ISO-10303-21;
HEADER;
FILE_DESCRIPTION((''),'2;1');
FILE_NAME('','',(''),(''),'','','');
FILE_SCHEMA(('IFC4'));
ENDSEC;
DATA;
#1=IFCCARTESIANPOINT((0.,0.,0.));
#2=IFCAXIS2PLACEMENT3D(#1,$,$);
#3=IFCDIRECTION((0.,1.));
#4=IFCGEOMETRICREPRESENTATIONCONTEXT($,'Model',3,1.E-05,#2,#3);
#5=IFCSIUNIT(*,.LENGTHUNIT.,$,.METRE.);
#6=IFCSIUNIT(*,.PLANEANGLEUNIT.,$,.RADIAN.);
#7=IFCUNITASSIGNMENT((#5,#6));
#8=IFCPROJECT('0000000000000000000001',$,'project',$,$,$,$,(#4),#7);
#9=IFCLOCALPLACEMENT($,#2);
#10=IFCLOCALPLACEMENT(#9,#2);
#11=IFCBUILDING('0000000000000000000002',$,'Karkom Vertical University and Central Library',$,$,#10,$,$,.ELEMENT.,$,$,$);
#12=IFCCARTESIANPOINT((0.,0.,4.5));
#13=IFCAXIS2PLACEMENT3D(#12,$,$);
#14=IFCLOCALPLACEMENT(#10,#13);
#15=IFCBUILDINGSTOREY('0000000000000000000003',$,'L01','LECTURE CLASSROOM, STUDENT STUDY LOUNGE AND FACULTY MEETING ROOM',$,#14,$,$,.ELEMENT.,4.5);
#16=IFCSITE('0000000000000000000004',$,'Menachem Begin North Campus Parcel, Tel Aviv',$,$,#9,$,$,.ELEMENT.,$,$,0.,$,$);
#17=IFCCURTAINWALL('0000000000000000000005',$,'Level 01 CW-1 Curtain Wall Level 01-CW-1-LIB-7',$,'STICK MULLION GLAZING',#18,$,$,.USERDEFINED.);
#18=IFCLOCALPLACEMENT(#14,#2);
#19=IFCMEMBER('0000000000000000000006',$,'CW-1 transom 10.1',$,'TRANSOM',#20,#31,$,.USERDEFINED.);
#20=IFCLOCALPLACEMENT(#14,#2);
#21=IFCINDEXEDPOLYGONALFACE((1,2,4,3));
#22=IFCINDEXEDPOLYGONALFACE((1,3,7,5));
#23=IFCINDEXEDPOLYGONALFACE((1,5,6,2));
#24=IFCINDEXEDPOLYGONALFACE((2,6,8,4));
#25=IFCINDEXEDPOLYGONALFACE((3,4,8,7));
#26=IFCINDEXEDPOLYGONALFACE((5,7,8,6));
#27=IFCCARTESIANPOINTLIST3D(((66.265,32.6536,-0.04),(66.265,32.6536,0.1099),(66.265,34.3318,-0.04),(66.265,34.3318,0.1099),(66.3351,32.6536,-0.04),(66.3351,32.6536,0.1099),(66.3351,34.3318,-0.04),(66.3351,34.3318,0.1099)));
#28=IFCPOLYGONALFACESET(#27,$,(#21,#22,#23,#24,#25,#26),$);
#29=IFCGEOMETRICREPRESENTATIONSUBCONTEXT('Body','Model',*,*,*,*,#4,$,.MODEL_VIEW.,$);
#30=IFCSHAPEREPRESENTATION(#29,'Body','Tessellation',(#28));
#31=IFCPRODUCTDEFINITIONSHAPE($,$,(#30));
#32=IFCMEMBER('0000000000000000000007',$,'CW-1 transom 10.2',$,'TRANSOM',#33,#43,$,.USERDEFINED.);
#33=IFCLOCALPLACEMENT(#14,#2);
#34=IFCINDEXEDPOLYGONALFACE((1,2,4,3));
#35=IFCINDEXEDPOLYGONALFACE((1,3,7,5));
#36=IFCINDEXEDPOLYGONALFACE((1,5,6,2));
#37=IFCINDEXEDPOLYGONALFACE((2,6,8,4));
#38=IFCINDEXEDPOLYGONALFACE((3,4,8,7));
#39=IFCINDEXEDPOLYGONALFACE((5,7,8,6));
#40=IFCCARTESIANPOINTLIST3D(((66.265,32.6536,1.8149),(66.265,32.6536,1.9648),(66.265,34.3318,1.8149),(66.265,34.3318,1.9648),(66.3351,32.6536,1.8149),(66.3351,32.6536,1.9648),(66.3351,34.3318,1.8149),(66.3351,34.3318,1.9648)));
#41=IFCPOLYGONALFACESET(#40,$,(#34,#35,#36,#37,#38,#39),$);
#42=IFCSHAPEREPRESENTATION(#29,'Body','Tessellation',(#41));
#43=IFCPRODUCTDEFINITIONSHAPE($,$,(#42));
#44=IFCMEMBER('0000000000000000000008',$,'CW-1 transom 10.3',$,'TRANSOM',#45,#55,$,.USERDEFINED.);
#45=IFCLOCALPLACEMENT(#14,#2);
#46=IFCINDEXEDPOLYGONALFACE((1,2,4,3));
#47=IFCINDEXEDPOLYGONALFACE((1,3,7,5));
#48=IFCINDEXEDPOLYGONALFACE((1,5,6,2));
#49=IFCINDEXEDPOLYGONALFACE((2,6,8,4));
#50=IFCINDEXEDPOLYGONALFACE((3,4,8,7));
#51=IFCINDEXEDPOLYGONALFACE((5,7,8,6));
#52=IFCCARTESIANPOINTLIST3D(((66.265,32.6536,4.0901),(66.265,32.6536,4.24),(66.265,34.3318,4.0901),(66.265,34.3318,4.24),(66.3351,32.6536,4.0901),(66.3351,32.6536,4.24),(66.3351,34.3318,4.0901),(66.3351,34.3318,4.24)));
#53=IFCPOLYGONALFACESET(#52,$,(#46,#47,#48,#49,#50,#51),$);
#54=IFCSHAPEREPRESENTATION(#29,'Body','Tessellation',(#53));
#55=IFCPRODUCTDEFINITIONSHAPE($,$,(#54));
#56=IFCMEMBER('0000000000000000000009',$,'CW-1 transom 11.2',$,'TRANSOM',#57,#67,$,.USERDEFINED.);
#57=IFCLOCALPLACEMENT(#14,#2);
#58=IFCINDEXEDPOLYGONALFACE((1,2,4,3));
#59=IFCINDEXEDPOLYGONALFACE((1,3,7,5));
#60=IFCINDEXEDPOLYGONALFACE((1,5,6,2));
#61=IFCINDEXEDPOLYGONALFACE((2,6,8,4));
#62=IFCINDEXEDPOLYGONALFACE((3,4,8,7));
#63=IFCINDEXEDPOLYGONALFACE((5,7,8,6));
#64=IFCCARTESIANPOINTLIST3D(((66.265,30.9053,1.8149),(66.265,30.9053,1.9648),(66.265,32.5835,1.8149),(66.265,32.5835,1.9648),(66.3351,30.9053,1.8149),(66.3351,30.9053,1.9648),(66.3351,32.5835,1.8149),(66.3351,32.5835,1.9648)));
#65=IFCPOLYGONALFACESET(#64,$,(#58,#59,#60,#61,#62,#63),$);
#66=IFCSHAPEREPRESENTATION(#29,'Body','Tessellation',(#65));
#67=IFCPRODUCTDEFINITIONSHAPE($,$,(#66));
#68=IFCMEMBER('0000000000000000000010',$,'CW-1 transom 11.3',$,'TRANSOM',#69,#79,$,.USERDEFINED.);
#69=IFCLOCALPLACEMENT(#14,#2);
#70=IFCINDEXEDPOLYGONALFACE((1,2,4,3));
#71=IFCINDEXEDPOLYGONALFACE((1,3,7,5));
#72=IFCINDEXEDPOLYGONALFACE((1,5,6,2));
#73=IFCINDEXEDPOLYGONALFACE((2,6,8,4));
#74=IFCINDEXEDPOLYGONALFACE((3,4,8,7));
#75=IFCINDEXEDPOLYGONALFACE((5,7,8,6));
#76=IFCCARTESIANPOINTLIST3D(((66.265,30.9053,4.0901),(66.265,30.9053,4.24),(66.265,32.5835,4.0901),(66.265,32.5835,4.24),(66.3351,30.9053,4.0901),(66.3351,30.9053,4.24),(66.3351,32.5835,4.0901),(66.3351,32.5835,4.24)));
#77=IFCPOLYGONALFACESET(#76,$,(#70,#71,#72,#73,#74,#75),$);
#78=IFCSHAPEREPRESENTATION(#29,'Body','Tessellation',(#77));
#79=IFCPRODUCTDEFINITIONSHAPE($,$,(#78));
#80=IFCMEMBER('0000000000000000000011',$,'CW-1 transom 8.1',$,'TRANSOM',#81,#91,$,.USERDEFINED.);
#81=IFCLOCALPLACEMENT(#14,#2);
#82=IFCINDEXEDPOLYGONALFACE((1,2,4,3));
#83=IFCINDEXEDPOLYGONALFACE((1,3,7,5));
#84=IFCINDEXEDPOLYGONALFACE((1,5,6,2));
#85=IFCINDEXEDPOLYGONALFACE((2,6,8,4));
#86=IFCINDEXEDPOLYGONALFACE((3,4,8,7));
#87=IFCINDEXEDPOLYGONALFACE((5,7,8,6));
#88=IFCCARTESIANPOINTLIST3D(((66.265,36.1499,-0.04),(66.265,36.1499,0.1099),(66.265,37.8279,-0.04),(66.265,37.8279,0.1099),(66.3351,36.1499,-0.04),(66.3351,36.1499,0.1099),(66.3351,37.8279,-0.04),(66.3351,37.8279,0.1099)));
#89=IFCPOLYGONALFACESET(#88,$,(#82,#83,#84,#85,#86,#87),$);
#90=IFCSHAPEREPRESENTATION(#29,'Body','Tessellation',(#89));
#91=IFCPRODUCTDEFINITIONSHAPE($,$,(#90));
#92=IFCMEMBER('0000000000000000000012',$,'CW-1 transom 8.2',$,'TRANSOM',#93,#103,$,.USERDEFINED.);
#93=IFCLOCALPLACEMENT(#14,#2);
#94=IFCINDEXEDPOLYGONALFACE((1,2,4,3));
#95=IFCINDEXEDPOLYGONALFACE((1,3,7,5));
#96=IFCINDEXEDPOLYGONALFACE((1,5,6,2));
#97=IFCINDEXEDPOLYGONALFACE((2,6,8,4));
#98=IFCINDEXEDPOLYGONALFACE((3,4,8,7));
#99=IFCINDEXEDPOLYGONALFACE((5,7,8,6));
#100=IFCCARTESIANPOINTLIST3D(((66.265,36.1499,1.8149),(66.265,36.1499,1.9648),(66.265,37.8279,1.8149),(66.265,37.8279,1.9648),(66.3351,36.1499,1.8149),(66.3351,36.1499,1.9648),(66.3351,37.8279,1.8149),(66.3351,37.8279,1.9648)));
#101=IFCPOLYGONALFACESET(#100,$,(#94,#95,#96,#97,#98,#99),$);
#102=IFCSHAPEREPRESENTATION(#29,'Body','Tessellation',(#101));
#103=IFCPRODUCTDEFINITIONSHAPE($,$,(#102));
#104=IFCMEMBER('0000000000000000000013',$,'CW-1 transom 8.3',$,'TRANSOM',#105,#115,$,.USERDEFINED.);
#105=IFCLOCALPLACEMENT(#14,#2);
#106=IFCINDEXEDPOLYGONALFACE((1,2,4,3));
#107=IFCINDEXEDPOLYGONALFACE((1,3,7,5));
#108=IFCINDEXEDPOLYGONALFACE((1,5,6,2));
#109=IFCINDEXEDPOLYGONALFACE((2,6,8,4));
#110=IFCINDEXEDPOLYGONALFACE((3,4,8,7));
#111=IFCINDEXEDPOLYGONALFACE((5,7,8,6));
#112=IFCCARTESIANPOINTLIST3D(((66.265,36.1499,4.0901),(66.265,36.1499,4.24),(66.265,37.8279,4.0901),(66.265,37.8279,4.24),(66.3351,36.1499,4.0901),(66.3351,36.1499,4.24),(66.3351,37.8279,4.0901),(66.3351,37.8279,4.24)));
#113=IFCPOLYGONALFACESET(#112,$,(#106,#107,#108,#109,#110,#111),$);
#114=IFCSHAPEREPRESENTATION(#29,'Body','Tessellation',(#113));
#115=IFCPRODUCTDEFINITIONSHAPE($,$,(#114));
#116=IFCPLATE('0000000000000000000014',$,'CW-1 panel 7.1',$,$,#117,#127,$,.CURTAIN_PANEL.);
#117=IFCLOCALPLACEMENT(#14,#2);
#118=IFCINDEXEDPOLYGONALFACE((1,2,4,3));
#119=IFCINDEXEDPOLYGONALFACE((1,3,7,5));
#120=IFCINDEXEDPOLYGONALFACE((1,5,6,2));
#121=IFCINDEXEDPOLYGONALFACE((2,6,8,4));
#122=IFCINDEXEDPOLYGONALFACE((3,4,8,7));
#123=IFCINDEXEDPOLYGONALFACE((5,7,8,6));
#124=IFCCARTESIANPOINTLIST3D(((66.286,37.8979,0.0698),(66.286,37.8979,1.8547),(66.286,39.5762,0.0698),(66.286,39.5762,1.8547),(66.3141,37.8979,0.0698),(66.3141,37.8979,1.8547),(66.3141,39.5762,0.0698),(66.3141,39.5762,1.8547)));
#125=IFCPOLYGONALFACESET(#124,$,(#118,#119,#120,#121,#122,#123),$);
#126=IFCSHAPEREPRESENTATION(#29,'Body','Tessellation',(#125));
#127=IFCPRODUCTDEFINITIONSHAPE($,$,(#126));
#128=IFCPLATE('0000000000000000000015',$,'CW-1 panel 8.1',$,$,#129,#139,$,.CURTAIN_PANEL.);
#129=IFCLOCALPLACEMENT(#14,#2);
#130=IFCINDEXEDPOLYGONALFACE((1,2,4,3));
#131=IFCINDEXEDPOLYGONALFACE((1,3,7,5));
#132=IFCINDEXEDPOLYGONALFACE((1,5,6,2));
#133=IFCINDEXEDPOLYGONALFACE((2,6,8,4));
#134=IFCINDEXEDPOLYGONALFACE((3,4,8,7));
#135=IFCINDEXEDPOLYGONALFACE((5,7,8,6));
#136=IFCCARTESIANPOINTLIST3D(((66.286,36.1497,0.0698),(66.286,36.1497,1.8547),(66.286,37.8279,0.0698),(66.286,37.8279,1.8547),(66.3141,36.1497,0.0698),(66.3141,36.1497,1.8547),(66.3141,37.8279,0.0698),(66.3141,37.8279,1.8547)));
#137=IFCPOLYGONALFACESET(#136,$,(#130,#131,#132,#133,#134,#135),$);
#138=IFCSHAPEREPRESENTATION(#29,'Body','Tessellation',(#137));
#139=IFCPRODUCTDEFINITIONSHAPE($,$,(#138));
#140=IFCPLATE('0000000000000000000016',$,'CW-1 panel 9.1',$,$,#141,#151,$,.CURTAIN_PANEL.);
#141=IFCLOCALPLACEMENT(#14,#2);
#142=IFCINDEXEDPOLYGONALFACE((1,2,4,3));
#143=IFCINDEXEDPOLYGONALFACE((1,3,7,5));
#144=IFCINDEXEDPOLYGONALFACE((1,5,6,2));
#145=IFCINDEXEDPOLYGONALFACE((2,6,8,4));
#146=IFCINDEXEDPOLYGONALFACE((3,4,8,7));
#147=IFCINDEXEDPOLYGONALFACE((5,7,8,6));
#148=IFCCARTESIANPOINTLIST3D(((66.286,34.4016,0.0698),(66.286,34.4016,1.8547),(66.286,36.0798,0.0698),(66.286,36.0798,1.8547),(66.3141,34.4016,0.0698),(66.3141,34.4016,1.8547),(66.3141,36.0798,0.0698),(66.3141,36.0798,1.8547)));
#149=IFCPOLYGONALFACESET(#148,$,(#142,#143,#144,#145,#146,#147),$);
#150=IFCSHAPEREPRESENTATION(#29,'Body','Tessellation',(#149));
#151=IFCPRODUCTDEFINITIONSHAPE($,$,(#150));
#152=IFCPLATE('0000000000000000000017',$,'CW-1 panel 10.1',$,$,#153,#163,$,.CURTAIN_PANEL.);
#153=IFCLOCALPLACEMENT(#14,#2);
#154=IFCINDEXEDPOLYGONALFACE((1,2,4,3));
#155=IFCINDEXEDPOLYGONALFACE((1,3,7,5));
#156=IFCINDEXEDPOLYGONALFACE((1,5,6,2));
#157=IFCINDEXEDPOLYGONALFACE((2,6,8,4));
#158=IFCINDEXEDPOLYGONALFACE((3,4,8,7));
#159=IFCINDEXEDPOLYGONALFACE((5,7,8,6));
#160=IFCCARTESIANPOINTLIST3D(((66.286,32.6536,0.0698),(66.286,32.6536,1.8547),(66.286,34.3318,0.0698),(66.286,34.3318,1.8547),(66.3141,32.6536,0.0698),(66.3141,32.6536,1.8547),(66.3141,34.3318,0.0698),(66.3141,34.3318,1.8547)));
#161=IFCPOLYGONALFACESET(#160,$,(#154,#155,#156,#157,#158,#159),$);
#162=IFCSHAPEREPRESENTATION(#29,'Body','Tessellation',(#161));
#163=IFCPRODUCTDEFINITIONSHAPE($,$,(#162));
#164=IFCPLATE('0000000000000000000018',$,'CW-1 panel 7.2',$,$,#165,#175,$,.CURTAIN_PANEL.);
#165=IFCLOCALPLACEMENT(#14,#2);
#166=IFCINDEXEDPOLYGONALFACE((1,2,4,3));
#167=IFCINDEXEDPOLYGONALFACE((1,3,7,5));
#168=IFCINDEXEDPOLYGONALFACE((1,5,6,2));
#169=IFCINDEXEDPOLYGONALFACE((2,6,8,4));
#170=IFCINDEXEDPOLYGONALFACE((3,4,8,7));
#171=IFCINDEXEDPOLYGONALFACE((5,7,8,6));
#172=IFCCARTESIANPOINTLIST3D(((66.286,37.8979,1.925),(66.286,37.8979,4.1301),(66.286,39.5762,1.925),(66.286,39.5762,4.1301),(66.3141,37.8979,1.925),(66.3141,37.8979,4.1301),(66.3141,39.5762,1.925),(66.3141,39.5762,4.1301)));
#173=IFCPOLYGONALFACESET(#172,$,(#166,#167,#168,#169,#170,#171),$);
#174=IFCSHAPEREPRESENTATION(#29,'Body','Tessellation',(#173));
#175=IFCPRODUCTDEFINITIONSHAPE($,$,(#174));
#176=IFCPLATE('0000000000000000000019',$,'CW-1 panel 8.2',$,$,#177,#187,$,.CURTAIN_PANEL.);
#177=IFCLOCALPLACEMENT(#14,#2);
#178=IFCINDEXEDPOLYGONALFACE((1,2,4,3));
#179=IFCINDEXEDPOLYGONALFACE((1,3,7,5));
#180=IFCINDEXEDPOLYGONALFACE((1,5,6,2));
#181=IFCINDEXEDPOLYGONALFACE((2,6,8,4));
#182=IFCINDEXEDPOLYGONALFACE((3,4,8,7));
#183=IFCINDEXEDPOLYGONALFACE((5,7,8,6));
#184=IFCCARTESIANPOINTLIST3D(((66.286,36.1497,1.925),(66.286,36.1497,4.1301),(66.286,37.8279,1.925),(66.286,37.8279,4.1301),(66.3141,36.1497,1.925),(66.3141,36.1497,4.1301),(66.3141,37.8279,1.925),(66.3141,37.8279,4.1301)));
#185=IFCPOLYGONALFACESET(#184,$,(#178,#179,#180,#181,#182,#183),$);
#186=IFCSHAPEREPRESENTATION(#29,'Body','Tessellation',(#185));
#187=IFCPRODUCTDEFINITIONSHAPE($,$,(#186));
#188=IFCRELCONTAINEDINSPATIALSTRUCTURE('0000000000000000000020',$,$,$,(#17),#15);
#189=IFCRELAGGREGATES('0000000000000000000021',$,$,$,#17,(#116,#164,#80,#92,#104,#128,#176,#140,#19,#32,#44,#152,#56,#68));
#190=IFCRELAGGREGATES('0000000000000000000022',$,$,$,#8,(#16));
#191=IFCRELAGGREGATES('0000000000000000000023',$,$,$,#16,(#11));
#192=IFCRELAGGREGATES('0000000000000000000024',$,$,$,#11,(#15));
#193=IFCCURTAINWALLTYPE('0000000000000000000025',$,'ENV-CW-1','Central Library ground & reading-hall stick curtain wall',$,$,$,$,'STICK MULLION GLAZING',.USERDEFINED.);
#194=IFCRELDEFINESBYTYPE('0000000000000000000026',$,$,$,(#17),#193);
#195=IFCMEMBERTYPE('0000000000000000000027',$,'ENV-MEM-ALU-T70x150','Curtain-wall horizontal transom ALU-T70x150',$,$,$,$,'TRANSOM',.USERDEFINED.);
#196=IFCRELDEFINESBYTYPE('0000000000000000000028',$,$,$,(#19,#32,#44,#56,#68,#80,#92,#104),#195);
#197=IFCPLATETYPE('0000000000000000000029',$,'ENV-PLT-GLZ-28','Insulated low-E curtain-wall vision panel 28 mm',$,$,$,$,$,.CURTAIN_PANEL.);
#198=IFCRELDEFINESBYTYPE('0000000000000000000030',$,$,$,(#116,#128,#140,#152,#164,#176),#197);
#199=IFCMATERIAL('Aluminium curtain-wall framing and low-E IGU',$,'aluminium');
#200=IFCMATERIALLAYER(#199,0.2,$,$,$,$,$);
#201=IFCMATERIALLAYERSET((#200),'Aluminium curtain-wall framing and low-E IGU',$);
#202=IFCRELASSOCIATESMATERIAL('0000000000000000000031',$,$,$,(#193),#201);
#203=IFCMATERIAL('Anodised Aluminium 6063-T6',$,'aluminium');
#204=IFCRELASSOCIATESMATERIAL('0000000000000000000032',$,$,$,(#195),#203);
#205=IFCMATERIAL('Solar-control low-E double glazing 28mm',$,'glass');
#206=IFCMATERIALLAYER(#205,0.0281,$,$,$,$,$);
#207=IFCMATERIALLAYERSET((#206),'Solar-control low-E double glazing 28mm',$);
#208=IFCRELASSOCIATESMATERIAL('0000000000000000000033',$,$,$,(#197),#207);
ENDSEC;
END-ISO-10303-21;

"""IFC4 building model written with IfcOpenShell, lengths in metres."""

from ifc_helpers import new_model, si_unit, direction, frame, origin, origin_with_axes, origin_2d, place, context, subcontext, project, spatial, rectangle, extrude, source, transform, mapped, material, layer, layer_set, material_profile, profile_set, type_object, element, aggregate, save


model = new_model("IFC4")

# Units and contexts
model_context = context("Model", 3, precision=1e-05, world=origin(), true_north=direction((0.0, 1.0)))
body_context = subcontext(model_context, "Body", "Model", "MODEL_VIEW")
ifc_project = project(units=[si_unit("LENGTHUNIT", "METRE"), si_unit("PLANEANGLEUNIT", "RADIAN")], contexts=[model_context])

# Site, building, storey
site_placement = place(None, origin())
site = spatial("IfcSite", under=ifc_project, at=site_placement, Name="Menachem Begin North Campus Parcel, Tel Aviv", CompositionType="ELEMENT", RefElevation=0.0)
building_placement = place(site_placement, origin())
building = spatial("IfcBuilding", under=site, at=building_placement, Name="Karkom Vertical University and Central Library", CompositionType="ELEMENT")
storey_placement = place(building_placement, frame((0.0, 0.0, 4.5)))
storey = spatial("IfcBuildingStorey", under=building, at=storey_placement, Name="L01", Description="LECTURE CLASSROOM, STUDENT STUDY LOUNGE AND FACULTY MEETING ROOM", CompositionType="ELEMENT", Elevation=4.5)

# Curtain wall, members, plates
ifc_material_1 = material(Name="Aluminium curtain-wall framing and low-E IGU", Category="aluminium")
ifc_layer_1 = layer(ifc_material_1, 0.2)
ifc_layer_set_1 = layer_set([ifc_layer_1], Name="Aluminium curtain-wall framing and low-E IGU")
curtain_wall_type = type_object("IfcCurtainWallType", Name="ENV-CW-1", Description="Central Library ground & reading-hall stick curtain wall", ElementType="STICK MULLION GLAZING", PredefinedType="USERDEFINED", material=ifc_layer_set_1)
curtain_wall_placement = place(storey_placement, origin())
curtain_wall = element("IfcCurtainWall", 1, at=curtain_wall_placement, inside=storey, type_object=curtain_wall_type, Name="Level 01 CW-1 Curtain Wall Level 01-CW-1-LIB-7", ObjectType="STICK MULLION GLAZING", PredefinedType="USERDEFINED")
ifc_material_2 = material(Name="Anodised Aluminium 6063-T6", Category="aluminium")
ifc_material_profile_1 = material_profile(ifc_material_2, rectangle(XDim=0.0701, YDim=0.1499, at=origin_2d()), Name="ALU-T70x150")
ifc_profile_set_1 = profile_set([ifc_material_profile_1], Name="Anodised Aluminium 6063-T6")
member_type = type_object("IfcMemberType", Name="ENV-MEM-ALU-T70x150", Description="Curtain-wall horizontal transom ALU-T70x150", ElementType="TRANSOM", PredefinedType="USERDEFINED", material=ifc_profile_set_1)
shared_shape_1 = source(origin_with_axes(), body_context, "Body", "SweptSolid", [
    extrude(rectangle(XDim=0.0701, YDim=0.1499, at=origin_2d()), origin(), (0.0, 0.0, 1.0), 1.6782),
])
member_1_placement = place(storey_placement, frame((66.3, 34.3318, 0.0349), z_axis=(0.0, -1.0, 0.0), x_axis=(1.0, 0.0, 0.0)))
member_1 = element("IfcMember", 2, at=member_1_placement, type_object=member_type, Name="CW-1 transom 10.1", ObjectType="TRANSOM", PredefinedType="USERDEFINED", context=body_context, shape_type="MappedRepresentation", body=[
    mapped(shared_shape_1, transform((0.0, 0.0, 0.0), scale=1.0)),
])
member_2_placement = place(storey_placement, frame((66.3, 34.3318, 1.8899), z_axis=(0.0, -1.0, 0.0), x_axis=(1.0, 0.0, 0.0)))
member_2 = element("IfcMember", 3, at=member_2_placement, type_object=member_type, Name="CW-1 transom 10.2", ObjectType="TRANSOM", PredefinedType="USERDEFINED", context=body_context, shape_type="MappedRepresentation", body=[
    mapped(shared_shape_1, transform((0.0, 0.0, 0.0), scale=1.0)),
])
member_3_placement = place(storey_placement, frame((66.3, 34.3318, 4.165), z_axis=(0.0, -1.0, 0.0), x_axis=(1.0, 0.0, 0.0)))
member_3 = element("IfcMember", 4, at=member_3_placement, type_object=member_type, Name="CW-1 transom 10.3", ObjectType="TRANSOM", PredefinedType="USERDEFINED", context=body_context, shape_type="MappedRepresentation", body=[
    mapped(shared_shape_1, transform((0.0, 0.0, 0.0), scale=1.0)),
])
member_4_placement = place(storey_placement, frame((66.3, 32.5835, 1.8899), z_axis=(0.0, -1.0, 0.0), x_axis=(1.0, 0.0, 0.0)))
member_4 = element("IfcMember", 5, at=member_4_placement, type_object=member_type, Name="CW-1 transom 11.2", ObjectType="TRANSOM", PredefinedType="USERDEFINED", context=body_context, shape_type="MappedRepresentation", body=[
    mapped(shared_shape_1, transform((0.0, 0.0, 0.0), scale=1.0)),
])
member_5_placement = place(storey_placement, frame((66.3, 32.5835, 4.165), z_axis=(0.0, -1.0, 0.0), x_axis=(1.0, 0.0, 0.0)))
member_5 = element("IfcMember", 6, at=member_5_placement, type_object=member_type, Name="CW-1 transom 11.3", ObjectType="TRANSOM", PredefinedType="USERDEFINED", context=body_context, shape_type="MappedRepresentation", body=[
    mapped(shared_shape_1, transform((0.0, 0.0, 0.0), scale=1.0)),
])
shared_shape_2 = source(origin_with_axes(), body_context, "Body", "SweptSolid", [
    extrude(rectangle(XDim=0.0701, YDim=0.1499, at=origin_2d()), origin(), (0.0, 0.0, 1.0), 1.678),
])
member_6_placement = place(storey_placement, frame((66.3, 37.8279, 0.0349), z_axis=(0.0, -1.0, 0.0), x_axis=(1.0, 0.0, 0.0)))
member_6 = element("IfcMember", 7, at=member_6_placement, type_object=member_type, Name="CW-1 transom 8.1", ObjectType="TRANSOM", PredefinedType="USERDEFINED", context=body_context, shape_type="MappedRepresentation", body=[
    mapped(shared_shape_2, transform((0.0, 0.0, 0.0), scale=1.0)),
])
member_7_placement = place(storey_placement, frame((66.3, 37.8279, 1.8899), z_axis=(0.0, -1.0, 0.0), x_axis=(1.0, 0.0, 0.0)))
member_7 = element("IfcMember", 8, at=member_7_placement, type_object=member_type, Name="CW-1 transom 8.2", ObjectType="TRANSOM", PredefinedType="USERDEFINED", context=body_context, shape_type="MappedRepresentation", body=[
    mapped(shared_shape_2, transform((0.0, 0.0, 0.0), scale=1.0)),
])
member_8_placement = place(storey_placement, frame((66.3, 37.8279, 4.165), z_axis=(0.0, -1.0, 0.0), x_axis=(1.0, 0.0, 0.0)))
member_8 = element("IfcMember", 9, at=member_8_placement, type_object=member_type, Name="CW-1 transom 8.3", ObjectType="TRANSOM", PredefinedType="USERDEFINED", context=body_context, shape_type="MappedRepresentation", body=[
    mapped(shared_shape_2, transform((0.0, 0.0, 0.0), scale=1.0)),
])
ifc_material_3 = material(Name="Solar-control low-E double glazing 28mm", Category="glass")
ifc_layer_2 = layer(ifc_material_3, 0.0281)
ifc_layer_set_2 = layer_set([ifc_layer_2], Name="Solar-control low-E double glazing 28mm")
plate_type = type_object("IfcPlateType", Name="ENV-PLT-GLZ-28", Description="Insulated low-E curtain-wall vision panel 28 mm", PredefinedType="CURTAIN_PANEL", material=ifc_layer_set_2)
shared_shape_3 = source(origin_with_axes(), body_context, "Body", "SweptSolid", [
    extrude(rectangle(XDim=1.6782, YDim=0.0281, at=origin_2d()), origin(), (0.0, 0.0, 1.0), 1.7849),
])
plate_1_placement = place(storey_placement, frame((66.3, 38.7371, 0.0698), z_axis=(0.0, 0.0, 1.0), x_axis=(0.0, -1.0, 0.0)))
plate_1 = element("IfcPlate", 10, at=plate_1_placement, type_object=plate_type, Name="CW-1 panel 7.1", PredefinedType="CURTAIN_PANEL", context=body_context, shape_type="MappedRepresentation", body=[
    mapped(shared_shape_3, transform((0.0, 0.0, 0.0), scale=1.0)),
])
plate_2_placement = place(storey_placement, frame((66.3, 36.9888, 0.0698), z_axis=(0.0, 0.0, 1.0), x_axis=(0.0, -1.0, 0.0)))
plate_2 = element("IfcPlate", 11, at=plate_2_placement, type_object=plate_type, Name="CW-1 panel 8.1", PredefinedType="CURTAIN_PANEL", context=body_context, shape_type="MappedRepresentation", body=[
    mapped(shared_shape_3, transform((0.0, 0.0, 0.0), scale=1.0)),
])
plate_3_placement = place(storey_placement, frame((66.3, 35.2407, 0.0698), z_axis=(0.0, 0.0, 1.0), x_axis=(0.0, -1.0, 0.0)))
plate_3 = element("IfcPlate", 12, at=plate_3_placement, type_object=plate_type, Name="CW-1 panel 9.1", PredefinedType="CURTAIN_PANEL", context=body_context, shape_type="MappedRepresentation", body=[
    mapped(shared_shape_3, transform((0.0, 0.0, 0.0), scale=1.0)),
])
plate_4_placement = place(storey_placement, frame((66.3, 33.4927, 0.0698), z_axis=(0.0, 0.0, 1.0), x_axis=(0.0, -1.0, 0.0)))
plate_4 = element("IfcPlate", 13, at=plate_4_placement, type_object=plate_type, Name="CW-1 panel 10.1", PredefinedType="CURTAIN_PANEL", context=body_context, shape_type="MappedRepresentation", body=[
    mapped(shared_shape_3, transform((0.0, 0.0, 0.0), scale=1.0)),
])
shared_shape_4 = source(origin_with_axes(), body_context, "Body", "SweptSolid", [
    extrude(rectangle(XDim=1.6782, YDim=0.0281, at=origin_2d()), origin(), (0.0, 0.0, 1.0), 2.2051),
])
plate_5_placement = place(storey_placement, frame((66.3, 38.7371, 1.925), z_axis=(0.0, 0.0, 1.0), x_axis=(0.0, -1.0, 0.0)))
plate_5 = element("IfcPlate", 14, at=plate_5_placement, type_object=plate_type, Name="CW-1 panel 7.2", PredefinedType="CURTAIN_PANEL", context=body_context, shape_type="MappedRepresentation", body=[
    mapped(shared_shape_4, transform((0.0, 0.0, 0.0), scale=1.0)),
])
plate_6_placement = place(storey_placement, frame((66.3, 36.9888, 1.925), z_axis=(0.0, 0.0, 1.0), x_axis=(0.0, -1.0, 0.0)))
plate_6 = element("IfcPlate", 15, at=plate_6_placement, type_object=plate_type, Name="CW-1 panel 8.2", PredefinedType="CURTAIN_PANEL", context=body_context, shape_type="MappedRepresentation", body=[
    mapped(shared_shape_4, transform((0.0, 0.0, 0.0), scale=1.0)),
])
aggregate(curtain_wall, [plate_1, plate_5, member_6, member_7, member_8, plate_2, plate_6, plate_3, member_1, member_2, member_3, plate_4, member_4, member_5])

save(model, "model.ifc")
